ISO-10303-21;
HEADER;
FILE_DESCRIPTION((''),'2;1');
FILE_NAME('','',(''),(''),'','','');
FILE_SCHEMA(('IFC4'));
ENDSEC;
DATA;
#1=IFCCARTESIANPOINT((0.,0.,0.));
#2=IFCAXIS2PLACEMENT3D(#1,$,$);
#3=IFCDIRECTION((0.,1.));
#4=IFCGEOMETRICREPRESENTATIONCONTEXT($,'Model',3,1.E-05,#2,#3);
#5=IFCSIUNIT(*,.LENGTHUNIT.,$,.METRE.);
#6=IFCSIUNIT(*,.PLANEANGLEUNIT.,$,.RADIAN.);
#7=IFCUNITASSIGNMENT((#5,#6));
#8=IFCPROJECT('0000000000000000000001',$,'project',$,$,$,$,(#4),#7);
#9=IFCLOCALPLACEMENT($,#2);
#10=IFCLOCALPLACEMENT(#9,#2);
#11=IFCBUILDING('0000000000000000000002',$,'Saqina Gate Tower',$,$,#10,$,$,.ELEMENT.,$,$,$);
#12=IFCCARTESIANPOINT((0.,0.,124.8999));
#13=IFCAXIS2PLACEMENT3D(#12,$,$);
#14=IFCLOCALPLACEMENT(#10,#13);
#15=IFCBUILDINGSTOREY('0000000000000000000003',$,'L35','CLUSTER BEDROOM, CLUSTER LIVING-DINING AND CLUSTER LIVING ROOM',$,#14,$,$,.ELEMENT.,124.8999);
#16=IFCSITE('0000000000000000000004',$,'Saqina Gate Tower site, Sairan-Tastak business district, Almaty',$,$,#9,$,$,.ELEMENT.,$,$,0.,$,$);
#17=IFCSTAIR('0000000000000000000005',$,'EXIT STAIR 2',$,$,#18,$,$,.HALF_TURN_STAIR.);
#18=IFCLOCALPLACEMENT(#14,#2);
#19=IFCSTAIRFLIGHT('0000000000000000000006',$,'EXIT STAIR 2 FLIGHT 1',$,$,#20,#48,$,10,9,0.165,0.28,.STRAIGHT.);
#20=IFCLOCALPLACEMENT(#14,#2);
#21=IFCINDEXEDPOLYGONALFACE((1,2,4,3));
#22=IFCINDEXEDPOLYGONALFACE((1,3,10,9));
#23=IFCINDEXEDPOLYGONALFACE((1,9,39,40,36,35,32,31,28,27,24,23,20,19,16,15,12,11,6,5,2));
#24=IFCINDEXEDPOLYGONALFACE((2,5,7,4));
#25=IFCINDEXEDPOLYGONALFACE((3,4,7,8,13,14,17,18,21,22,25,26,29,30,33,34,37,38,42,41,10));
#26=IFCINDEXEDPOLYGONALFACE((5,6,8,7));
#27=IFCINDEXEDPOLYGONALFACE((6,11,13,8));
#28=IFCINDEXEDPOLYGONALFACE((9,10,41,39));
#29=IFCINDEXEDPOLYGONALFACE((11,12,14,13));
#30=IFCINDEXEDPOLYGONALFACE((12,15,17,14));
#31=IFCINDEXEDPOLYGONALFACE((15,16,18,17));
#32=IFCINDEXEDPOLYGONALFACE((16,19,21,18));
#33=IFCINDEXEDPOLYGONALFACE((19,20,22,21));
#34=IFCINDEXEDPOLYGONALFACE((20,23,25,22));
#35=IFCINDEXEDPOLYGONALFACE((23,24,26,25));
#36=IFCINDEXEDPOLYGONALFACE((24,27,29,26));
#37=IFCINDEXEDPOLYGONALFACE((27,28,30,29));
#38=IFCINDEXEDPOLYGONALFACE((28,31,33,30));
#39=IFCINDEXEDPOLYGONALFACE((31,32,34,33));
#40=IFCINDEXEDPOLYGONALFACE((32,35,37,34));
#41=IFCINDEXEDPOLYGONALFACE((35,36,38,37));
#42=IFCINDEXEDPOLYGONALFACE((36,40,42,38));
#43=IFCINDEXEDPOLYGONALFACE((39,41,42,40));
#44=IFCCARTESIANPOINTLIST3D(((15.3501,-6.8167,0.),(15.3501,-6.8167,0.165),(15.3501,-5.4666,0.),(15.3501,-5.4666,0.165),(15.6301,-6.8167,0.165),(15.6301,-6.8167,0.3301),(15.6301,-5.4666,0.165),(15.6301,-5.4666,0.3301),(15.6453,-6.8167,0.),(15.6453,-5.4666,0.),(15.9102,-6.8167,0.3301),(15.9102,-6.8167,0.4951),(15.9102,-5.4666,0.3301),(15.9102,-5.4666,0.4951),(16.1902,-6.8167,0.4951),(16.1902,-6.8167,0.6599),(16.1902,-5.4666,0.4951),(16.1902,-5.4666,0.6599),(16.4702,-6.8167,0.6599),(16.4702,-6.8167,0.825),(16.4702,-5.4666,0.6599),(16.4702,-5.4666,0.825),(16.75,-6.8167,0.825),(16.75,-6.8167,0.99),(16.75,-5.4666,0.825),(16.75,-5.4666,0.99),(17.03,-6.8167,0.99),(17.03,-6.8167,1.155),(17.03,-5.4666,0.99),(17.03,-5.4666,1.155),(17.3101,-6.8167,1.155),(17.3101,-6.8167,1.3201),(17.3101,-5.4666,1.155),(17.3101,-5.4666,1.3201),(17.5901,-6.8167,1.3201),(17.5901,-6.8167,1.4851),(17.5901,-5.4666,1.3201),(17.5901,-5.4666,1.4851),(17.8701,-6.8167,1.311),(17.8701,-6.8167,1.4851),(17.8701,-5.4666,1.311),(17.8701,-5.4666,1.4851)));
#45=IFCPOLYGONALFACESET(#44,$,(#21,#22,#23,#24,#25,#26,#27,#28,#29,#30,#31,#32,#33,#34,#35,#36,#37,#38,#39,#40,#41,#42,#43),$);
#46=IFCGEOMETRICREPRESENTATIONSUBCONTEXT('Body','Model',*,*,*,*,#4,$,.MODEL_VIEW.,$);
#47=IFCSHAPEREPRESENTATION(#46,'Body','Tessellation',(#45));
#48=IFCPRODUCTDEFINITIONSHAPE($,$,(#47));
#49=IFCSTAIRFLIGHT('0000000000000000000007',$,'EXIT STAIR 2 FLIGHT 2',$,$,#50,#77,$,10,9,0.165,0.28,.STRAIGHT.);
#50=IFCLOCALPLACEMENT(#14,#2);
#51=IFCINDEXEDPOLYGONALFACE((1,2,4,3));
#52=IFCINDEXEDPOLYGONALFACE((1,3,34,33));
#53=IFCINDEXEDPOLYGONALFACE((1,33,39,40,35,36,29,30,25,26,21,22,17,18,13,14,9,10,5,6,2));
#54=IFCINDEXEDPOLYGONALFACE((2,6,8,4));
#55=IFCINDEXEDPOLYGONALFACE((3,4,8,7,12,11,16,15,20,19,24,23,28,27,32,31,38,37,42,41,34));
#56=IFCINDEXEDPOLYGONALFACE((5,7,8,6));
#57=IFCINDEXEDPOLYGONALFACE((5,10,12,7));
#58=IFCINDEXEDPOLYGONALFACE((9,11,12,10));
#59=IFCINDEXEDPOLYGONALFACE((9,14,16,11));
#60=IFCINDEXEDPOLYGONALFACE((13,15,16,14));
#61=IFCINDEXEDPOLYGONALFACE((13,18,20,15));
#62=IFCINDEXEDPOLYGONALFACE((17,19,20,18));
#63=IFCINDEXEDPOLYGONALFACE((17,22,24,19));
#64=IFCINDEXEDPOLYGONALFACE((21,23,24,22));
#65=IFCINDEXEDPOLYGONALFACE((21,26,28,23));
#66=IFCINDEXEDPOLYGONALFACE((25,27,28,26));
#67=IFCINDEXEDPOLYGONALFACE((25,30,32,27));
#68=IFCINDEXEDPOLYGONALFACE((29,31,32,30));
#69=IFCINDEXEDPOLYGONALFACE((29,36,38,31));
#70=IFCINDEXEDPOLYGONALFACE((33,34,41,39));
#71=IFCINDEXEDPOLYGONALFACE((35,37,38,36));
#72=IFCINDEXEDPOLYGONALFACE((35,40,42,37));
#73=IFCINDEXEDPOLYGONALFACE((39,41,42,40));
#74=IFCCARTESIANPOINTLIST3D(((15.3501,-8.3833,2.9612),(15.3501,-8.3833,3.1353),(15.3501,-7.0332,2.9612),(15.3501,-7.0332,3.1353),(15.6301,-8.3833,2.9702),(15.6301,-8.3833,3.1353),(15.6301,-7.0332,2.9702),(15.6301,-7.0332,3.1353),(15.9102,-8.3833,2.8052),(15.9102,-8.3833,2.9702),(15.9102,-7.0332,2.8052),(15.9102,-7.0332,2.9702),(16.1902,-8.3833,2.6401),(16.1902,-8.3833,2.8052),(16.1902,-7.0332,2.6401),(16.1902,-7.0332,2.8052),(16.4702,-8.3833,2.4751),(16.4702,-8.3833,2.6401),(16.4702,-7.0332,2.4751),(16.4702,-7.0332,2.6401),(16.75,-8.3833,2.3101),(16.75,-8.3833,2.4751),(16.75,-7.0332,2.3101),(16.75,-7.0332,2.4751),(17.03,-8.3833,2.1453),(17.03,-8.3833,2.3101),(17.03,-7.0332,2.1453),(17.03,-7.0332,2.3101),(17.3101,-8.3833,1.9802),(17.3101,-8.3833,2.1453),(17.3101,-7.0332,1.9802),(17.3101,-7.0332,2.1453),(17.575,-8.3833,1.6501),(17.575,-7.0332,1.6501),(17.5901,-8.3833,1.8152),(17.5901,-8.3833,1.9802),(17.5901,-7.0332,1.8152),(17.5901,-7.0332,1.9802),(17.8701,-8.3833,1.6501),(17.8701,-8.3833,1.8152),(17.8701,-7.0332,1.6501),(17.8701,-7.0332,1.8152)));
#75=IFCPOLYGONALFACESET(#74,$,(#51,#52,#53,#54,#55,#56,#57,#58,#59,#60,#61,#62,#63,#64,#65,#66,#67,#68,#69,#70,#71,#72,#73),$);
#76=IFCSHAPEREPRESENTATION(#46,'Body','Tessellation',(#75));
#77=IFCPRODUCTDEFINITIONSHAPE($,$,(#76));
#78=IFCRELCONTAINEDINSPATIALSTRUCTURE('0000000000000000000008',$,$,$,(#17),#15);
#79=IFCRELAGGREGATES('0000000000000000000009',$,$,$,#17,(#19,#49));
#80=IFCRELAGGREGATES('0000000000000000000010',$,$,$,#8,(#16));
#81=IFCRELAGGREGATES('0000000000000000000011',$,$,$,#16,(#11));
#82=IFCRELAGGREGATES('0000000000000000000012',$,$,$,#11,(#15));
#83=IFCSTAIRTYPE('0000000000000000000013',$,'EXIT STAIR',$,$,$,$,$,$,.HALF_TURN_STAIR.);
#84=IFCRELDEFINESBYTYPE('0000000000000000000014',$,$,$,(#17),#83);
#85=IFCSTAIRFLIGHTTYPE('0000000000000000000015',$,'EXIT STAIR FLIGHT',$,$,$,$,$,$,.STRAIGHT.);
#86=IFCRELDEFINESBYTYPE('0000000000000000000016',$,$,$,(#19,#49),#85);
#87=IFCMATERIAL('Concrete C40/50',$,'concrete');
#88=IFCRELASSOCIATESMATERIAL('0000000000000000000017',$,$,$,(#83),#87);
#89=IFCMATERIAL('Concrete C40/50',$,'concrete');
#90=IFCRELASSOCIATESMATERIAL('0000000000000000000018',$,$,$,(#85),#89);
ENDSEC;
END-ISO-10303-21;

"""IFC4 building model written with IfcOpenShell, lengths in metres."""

from ifc_helpers import new_model, si_unit, direction, frame, origin, place, context, subcontext, project, spatial, polyline, outline, extrude, material, type_object, element, aggregate, save


model = new_model("IFC4")

# Units and contexts
model_context = context("Model", 3, precision=1e-05, world=origin(), true_north=direction((0.0, 1.0)))
body_context = subcontext(model_context, "Body", "Model", "MODEL_VIEW")
ifc_project = project(units=[si_unit("LENGTHUNIT", "METRE"), si_unit("PLANEANGLEUNIT", "RADIAN")], contexts=[model_context])

# Site, building, storey
site_placement = place(None, origin())
site = spatial("IfcSite", under=ifc_project, at=site_placement, Name="Saqina Gate Tower site, Sairan-Tastak business district, Almaty", CompositionType="ELEMENT", RefElevation=0.0)
building_placement = place(site_placement, origin())
building = spatial("IfcBuilding", under=site, at=building_placement, Name="Saqina Gate Tower", CompositionType="ELEMENT")
storey_placement = place(building_placement, frame((0.0, 0.0, 124.8999)))
storey = spatial("IfcBuildingStorey", under=building, at=storey_placement, Name="L35", Description="CLUSTER BEDROOM, CLUSTER LIVING-DINING AND CLUSTER LIVING ROOM", CompositionType="ELEMENT", Elevation=124.8999)

# Stair, stair flights
ifc_material_1 = material(Name="Concrete C40/50", Category="concrete")
stair_type = type_object("IfcStairType", Name="EXIT STAIR", PredefinedType="HALF_TURN_STAIR", material=ifc_material_1)
stair_placement = place(storey_placement, origin())
stair = element("IfcStair", 1, at=stair_placement, inside=storey, type_object=stair_type, Name="EXIT STAIR 2", PredefinedType="HALF_TURN_STAIR")
ifc_material_2 = material(Name="Concrete C40/50", Category="concrete")
stair_flight_type = type_object("IfcStairFlightType", Name="EXIT STAIR FLIGHT", PredefinedType="STRAIGHT", material=ifc_material_2)
stair_flight_1_placement = place(storey_placement, frame((15.3501, -6.1416, 0.0), z_axis=(0.0, 0.0, 1.0), x_axis=(1.0, 0.0, 0.0)))
stair_flight_1 = element("IfcStairFlight", 2, at=stair_flight_1_placement, type_object=stair_flight_type, Name="EXIT STAIR 2 FLIGHT 1", NumberOfRisers=10, NumberOfTreads=9, PredefinedType="STRAIGHT", RiserHeight=0.165, TreadLength=0.28, context=body_context, shape_type="SweptSolid", body=[
    extrude(outline(polyline([(0.0, 0.0), (0.0, 0.165), (0.28, 0.165), (0.28, 0.3301), (0.5601, 0.3301), (0.5601, 0.4951), (0.8401, 0.4951), (0.8401, 0.6599), (1.1201, 0.6599), (1.1201, 0.825), (1.3999, 0.825), (1.3999, 0.99), (1.6799, 0.99), (1.6799, 1.155), (1.96, 1.155), (1.96, 1.3201), (2.24, 1.3201), (2.24, 1.4851), (2.52, 1.4851), (2.52, 1.6499), (2.52, 1.311), (0.2952, 0.0), (0.0, 0.0)])), frame((0.0, 0.675, 0.0), z_axis=(0.0, -1.0, 0.0), x_axis=(1.0, 0.0, 0.0)), (0.0, 0.0, 1.0), 1.3501),
])
stair_flight_2_placement = place(storey_placement, frame((17.8701, -7.7083, 1.6501), z_axis=(0.0, 0.0, 1.0), x_axis=(-1.0, 0.0, 0.0)))
stair_flight_2 = element("IfcStairFlight", 3, at=stair_flight_2_placement, type_object=stair_flight_type, Name="EXIT STAIR 2 FLIGHT 2", NumberOfRisers=10, NumberOfTreads=9, PredefinedType="STRAIGHT", RiserHeight=0.165, TreadLength=0.28, context=body_context, shape_type="SweptSolid", body=[
    extrude(outline(polyline([(0.0, 0.0), (0.0, 0.165), (0.28, 0.165), (0.28, 0.3301), (0.5601, 0.3301), (0.5601, 0.4951), (0.8401, 0.4951), (0.8401, 0.6599), (1.1201, 0.6599), (1.1201, 0.825), (1.3999, 0.825), (1.3999, 0.99), (1.6799, 0.99), (1.6799, 1.155), (1.96, 1.155), (1.96, 1.3201), (2.24, 1.3201), (2.24, 1.4851), (2.52, 1.4851), (2.52, 1.6499), (2.52, 1.311), (0.2952, 0.0), (0.0, 0.0)])), frame((0.0, 0.675, 0.0), z_axis=(0.0, -1.0, 0.0), x_axis=(1.0, 0.0, 0.0)), (0.0, 0.0, 1.0), 1.3501),
])
aggregate(stair, [stair_flight_1, stair_flight_2])

save(model, "model.ifc")
